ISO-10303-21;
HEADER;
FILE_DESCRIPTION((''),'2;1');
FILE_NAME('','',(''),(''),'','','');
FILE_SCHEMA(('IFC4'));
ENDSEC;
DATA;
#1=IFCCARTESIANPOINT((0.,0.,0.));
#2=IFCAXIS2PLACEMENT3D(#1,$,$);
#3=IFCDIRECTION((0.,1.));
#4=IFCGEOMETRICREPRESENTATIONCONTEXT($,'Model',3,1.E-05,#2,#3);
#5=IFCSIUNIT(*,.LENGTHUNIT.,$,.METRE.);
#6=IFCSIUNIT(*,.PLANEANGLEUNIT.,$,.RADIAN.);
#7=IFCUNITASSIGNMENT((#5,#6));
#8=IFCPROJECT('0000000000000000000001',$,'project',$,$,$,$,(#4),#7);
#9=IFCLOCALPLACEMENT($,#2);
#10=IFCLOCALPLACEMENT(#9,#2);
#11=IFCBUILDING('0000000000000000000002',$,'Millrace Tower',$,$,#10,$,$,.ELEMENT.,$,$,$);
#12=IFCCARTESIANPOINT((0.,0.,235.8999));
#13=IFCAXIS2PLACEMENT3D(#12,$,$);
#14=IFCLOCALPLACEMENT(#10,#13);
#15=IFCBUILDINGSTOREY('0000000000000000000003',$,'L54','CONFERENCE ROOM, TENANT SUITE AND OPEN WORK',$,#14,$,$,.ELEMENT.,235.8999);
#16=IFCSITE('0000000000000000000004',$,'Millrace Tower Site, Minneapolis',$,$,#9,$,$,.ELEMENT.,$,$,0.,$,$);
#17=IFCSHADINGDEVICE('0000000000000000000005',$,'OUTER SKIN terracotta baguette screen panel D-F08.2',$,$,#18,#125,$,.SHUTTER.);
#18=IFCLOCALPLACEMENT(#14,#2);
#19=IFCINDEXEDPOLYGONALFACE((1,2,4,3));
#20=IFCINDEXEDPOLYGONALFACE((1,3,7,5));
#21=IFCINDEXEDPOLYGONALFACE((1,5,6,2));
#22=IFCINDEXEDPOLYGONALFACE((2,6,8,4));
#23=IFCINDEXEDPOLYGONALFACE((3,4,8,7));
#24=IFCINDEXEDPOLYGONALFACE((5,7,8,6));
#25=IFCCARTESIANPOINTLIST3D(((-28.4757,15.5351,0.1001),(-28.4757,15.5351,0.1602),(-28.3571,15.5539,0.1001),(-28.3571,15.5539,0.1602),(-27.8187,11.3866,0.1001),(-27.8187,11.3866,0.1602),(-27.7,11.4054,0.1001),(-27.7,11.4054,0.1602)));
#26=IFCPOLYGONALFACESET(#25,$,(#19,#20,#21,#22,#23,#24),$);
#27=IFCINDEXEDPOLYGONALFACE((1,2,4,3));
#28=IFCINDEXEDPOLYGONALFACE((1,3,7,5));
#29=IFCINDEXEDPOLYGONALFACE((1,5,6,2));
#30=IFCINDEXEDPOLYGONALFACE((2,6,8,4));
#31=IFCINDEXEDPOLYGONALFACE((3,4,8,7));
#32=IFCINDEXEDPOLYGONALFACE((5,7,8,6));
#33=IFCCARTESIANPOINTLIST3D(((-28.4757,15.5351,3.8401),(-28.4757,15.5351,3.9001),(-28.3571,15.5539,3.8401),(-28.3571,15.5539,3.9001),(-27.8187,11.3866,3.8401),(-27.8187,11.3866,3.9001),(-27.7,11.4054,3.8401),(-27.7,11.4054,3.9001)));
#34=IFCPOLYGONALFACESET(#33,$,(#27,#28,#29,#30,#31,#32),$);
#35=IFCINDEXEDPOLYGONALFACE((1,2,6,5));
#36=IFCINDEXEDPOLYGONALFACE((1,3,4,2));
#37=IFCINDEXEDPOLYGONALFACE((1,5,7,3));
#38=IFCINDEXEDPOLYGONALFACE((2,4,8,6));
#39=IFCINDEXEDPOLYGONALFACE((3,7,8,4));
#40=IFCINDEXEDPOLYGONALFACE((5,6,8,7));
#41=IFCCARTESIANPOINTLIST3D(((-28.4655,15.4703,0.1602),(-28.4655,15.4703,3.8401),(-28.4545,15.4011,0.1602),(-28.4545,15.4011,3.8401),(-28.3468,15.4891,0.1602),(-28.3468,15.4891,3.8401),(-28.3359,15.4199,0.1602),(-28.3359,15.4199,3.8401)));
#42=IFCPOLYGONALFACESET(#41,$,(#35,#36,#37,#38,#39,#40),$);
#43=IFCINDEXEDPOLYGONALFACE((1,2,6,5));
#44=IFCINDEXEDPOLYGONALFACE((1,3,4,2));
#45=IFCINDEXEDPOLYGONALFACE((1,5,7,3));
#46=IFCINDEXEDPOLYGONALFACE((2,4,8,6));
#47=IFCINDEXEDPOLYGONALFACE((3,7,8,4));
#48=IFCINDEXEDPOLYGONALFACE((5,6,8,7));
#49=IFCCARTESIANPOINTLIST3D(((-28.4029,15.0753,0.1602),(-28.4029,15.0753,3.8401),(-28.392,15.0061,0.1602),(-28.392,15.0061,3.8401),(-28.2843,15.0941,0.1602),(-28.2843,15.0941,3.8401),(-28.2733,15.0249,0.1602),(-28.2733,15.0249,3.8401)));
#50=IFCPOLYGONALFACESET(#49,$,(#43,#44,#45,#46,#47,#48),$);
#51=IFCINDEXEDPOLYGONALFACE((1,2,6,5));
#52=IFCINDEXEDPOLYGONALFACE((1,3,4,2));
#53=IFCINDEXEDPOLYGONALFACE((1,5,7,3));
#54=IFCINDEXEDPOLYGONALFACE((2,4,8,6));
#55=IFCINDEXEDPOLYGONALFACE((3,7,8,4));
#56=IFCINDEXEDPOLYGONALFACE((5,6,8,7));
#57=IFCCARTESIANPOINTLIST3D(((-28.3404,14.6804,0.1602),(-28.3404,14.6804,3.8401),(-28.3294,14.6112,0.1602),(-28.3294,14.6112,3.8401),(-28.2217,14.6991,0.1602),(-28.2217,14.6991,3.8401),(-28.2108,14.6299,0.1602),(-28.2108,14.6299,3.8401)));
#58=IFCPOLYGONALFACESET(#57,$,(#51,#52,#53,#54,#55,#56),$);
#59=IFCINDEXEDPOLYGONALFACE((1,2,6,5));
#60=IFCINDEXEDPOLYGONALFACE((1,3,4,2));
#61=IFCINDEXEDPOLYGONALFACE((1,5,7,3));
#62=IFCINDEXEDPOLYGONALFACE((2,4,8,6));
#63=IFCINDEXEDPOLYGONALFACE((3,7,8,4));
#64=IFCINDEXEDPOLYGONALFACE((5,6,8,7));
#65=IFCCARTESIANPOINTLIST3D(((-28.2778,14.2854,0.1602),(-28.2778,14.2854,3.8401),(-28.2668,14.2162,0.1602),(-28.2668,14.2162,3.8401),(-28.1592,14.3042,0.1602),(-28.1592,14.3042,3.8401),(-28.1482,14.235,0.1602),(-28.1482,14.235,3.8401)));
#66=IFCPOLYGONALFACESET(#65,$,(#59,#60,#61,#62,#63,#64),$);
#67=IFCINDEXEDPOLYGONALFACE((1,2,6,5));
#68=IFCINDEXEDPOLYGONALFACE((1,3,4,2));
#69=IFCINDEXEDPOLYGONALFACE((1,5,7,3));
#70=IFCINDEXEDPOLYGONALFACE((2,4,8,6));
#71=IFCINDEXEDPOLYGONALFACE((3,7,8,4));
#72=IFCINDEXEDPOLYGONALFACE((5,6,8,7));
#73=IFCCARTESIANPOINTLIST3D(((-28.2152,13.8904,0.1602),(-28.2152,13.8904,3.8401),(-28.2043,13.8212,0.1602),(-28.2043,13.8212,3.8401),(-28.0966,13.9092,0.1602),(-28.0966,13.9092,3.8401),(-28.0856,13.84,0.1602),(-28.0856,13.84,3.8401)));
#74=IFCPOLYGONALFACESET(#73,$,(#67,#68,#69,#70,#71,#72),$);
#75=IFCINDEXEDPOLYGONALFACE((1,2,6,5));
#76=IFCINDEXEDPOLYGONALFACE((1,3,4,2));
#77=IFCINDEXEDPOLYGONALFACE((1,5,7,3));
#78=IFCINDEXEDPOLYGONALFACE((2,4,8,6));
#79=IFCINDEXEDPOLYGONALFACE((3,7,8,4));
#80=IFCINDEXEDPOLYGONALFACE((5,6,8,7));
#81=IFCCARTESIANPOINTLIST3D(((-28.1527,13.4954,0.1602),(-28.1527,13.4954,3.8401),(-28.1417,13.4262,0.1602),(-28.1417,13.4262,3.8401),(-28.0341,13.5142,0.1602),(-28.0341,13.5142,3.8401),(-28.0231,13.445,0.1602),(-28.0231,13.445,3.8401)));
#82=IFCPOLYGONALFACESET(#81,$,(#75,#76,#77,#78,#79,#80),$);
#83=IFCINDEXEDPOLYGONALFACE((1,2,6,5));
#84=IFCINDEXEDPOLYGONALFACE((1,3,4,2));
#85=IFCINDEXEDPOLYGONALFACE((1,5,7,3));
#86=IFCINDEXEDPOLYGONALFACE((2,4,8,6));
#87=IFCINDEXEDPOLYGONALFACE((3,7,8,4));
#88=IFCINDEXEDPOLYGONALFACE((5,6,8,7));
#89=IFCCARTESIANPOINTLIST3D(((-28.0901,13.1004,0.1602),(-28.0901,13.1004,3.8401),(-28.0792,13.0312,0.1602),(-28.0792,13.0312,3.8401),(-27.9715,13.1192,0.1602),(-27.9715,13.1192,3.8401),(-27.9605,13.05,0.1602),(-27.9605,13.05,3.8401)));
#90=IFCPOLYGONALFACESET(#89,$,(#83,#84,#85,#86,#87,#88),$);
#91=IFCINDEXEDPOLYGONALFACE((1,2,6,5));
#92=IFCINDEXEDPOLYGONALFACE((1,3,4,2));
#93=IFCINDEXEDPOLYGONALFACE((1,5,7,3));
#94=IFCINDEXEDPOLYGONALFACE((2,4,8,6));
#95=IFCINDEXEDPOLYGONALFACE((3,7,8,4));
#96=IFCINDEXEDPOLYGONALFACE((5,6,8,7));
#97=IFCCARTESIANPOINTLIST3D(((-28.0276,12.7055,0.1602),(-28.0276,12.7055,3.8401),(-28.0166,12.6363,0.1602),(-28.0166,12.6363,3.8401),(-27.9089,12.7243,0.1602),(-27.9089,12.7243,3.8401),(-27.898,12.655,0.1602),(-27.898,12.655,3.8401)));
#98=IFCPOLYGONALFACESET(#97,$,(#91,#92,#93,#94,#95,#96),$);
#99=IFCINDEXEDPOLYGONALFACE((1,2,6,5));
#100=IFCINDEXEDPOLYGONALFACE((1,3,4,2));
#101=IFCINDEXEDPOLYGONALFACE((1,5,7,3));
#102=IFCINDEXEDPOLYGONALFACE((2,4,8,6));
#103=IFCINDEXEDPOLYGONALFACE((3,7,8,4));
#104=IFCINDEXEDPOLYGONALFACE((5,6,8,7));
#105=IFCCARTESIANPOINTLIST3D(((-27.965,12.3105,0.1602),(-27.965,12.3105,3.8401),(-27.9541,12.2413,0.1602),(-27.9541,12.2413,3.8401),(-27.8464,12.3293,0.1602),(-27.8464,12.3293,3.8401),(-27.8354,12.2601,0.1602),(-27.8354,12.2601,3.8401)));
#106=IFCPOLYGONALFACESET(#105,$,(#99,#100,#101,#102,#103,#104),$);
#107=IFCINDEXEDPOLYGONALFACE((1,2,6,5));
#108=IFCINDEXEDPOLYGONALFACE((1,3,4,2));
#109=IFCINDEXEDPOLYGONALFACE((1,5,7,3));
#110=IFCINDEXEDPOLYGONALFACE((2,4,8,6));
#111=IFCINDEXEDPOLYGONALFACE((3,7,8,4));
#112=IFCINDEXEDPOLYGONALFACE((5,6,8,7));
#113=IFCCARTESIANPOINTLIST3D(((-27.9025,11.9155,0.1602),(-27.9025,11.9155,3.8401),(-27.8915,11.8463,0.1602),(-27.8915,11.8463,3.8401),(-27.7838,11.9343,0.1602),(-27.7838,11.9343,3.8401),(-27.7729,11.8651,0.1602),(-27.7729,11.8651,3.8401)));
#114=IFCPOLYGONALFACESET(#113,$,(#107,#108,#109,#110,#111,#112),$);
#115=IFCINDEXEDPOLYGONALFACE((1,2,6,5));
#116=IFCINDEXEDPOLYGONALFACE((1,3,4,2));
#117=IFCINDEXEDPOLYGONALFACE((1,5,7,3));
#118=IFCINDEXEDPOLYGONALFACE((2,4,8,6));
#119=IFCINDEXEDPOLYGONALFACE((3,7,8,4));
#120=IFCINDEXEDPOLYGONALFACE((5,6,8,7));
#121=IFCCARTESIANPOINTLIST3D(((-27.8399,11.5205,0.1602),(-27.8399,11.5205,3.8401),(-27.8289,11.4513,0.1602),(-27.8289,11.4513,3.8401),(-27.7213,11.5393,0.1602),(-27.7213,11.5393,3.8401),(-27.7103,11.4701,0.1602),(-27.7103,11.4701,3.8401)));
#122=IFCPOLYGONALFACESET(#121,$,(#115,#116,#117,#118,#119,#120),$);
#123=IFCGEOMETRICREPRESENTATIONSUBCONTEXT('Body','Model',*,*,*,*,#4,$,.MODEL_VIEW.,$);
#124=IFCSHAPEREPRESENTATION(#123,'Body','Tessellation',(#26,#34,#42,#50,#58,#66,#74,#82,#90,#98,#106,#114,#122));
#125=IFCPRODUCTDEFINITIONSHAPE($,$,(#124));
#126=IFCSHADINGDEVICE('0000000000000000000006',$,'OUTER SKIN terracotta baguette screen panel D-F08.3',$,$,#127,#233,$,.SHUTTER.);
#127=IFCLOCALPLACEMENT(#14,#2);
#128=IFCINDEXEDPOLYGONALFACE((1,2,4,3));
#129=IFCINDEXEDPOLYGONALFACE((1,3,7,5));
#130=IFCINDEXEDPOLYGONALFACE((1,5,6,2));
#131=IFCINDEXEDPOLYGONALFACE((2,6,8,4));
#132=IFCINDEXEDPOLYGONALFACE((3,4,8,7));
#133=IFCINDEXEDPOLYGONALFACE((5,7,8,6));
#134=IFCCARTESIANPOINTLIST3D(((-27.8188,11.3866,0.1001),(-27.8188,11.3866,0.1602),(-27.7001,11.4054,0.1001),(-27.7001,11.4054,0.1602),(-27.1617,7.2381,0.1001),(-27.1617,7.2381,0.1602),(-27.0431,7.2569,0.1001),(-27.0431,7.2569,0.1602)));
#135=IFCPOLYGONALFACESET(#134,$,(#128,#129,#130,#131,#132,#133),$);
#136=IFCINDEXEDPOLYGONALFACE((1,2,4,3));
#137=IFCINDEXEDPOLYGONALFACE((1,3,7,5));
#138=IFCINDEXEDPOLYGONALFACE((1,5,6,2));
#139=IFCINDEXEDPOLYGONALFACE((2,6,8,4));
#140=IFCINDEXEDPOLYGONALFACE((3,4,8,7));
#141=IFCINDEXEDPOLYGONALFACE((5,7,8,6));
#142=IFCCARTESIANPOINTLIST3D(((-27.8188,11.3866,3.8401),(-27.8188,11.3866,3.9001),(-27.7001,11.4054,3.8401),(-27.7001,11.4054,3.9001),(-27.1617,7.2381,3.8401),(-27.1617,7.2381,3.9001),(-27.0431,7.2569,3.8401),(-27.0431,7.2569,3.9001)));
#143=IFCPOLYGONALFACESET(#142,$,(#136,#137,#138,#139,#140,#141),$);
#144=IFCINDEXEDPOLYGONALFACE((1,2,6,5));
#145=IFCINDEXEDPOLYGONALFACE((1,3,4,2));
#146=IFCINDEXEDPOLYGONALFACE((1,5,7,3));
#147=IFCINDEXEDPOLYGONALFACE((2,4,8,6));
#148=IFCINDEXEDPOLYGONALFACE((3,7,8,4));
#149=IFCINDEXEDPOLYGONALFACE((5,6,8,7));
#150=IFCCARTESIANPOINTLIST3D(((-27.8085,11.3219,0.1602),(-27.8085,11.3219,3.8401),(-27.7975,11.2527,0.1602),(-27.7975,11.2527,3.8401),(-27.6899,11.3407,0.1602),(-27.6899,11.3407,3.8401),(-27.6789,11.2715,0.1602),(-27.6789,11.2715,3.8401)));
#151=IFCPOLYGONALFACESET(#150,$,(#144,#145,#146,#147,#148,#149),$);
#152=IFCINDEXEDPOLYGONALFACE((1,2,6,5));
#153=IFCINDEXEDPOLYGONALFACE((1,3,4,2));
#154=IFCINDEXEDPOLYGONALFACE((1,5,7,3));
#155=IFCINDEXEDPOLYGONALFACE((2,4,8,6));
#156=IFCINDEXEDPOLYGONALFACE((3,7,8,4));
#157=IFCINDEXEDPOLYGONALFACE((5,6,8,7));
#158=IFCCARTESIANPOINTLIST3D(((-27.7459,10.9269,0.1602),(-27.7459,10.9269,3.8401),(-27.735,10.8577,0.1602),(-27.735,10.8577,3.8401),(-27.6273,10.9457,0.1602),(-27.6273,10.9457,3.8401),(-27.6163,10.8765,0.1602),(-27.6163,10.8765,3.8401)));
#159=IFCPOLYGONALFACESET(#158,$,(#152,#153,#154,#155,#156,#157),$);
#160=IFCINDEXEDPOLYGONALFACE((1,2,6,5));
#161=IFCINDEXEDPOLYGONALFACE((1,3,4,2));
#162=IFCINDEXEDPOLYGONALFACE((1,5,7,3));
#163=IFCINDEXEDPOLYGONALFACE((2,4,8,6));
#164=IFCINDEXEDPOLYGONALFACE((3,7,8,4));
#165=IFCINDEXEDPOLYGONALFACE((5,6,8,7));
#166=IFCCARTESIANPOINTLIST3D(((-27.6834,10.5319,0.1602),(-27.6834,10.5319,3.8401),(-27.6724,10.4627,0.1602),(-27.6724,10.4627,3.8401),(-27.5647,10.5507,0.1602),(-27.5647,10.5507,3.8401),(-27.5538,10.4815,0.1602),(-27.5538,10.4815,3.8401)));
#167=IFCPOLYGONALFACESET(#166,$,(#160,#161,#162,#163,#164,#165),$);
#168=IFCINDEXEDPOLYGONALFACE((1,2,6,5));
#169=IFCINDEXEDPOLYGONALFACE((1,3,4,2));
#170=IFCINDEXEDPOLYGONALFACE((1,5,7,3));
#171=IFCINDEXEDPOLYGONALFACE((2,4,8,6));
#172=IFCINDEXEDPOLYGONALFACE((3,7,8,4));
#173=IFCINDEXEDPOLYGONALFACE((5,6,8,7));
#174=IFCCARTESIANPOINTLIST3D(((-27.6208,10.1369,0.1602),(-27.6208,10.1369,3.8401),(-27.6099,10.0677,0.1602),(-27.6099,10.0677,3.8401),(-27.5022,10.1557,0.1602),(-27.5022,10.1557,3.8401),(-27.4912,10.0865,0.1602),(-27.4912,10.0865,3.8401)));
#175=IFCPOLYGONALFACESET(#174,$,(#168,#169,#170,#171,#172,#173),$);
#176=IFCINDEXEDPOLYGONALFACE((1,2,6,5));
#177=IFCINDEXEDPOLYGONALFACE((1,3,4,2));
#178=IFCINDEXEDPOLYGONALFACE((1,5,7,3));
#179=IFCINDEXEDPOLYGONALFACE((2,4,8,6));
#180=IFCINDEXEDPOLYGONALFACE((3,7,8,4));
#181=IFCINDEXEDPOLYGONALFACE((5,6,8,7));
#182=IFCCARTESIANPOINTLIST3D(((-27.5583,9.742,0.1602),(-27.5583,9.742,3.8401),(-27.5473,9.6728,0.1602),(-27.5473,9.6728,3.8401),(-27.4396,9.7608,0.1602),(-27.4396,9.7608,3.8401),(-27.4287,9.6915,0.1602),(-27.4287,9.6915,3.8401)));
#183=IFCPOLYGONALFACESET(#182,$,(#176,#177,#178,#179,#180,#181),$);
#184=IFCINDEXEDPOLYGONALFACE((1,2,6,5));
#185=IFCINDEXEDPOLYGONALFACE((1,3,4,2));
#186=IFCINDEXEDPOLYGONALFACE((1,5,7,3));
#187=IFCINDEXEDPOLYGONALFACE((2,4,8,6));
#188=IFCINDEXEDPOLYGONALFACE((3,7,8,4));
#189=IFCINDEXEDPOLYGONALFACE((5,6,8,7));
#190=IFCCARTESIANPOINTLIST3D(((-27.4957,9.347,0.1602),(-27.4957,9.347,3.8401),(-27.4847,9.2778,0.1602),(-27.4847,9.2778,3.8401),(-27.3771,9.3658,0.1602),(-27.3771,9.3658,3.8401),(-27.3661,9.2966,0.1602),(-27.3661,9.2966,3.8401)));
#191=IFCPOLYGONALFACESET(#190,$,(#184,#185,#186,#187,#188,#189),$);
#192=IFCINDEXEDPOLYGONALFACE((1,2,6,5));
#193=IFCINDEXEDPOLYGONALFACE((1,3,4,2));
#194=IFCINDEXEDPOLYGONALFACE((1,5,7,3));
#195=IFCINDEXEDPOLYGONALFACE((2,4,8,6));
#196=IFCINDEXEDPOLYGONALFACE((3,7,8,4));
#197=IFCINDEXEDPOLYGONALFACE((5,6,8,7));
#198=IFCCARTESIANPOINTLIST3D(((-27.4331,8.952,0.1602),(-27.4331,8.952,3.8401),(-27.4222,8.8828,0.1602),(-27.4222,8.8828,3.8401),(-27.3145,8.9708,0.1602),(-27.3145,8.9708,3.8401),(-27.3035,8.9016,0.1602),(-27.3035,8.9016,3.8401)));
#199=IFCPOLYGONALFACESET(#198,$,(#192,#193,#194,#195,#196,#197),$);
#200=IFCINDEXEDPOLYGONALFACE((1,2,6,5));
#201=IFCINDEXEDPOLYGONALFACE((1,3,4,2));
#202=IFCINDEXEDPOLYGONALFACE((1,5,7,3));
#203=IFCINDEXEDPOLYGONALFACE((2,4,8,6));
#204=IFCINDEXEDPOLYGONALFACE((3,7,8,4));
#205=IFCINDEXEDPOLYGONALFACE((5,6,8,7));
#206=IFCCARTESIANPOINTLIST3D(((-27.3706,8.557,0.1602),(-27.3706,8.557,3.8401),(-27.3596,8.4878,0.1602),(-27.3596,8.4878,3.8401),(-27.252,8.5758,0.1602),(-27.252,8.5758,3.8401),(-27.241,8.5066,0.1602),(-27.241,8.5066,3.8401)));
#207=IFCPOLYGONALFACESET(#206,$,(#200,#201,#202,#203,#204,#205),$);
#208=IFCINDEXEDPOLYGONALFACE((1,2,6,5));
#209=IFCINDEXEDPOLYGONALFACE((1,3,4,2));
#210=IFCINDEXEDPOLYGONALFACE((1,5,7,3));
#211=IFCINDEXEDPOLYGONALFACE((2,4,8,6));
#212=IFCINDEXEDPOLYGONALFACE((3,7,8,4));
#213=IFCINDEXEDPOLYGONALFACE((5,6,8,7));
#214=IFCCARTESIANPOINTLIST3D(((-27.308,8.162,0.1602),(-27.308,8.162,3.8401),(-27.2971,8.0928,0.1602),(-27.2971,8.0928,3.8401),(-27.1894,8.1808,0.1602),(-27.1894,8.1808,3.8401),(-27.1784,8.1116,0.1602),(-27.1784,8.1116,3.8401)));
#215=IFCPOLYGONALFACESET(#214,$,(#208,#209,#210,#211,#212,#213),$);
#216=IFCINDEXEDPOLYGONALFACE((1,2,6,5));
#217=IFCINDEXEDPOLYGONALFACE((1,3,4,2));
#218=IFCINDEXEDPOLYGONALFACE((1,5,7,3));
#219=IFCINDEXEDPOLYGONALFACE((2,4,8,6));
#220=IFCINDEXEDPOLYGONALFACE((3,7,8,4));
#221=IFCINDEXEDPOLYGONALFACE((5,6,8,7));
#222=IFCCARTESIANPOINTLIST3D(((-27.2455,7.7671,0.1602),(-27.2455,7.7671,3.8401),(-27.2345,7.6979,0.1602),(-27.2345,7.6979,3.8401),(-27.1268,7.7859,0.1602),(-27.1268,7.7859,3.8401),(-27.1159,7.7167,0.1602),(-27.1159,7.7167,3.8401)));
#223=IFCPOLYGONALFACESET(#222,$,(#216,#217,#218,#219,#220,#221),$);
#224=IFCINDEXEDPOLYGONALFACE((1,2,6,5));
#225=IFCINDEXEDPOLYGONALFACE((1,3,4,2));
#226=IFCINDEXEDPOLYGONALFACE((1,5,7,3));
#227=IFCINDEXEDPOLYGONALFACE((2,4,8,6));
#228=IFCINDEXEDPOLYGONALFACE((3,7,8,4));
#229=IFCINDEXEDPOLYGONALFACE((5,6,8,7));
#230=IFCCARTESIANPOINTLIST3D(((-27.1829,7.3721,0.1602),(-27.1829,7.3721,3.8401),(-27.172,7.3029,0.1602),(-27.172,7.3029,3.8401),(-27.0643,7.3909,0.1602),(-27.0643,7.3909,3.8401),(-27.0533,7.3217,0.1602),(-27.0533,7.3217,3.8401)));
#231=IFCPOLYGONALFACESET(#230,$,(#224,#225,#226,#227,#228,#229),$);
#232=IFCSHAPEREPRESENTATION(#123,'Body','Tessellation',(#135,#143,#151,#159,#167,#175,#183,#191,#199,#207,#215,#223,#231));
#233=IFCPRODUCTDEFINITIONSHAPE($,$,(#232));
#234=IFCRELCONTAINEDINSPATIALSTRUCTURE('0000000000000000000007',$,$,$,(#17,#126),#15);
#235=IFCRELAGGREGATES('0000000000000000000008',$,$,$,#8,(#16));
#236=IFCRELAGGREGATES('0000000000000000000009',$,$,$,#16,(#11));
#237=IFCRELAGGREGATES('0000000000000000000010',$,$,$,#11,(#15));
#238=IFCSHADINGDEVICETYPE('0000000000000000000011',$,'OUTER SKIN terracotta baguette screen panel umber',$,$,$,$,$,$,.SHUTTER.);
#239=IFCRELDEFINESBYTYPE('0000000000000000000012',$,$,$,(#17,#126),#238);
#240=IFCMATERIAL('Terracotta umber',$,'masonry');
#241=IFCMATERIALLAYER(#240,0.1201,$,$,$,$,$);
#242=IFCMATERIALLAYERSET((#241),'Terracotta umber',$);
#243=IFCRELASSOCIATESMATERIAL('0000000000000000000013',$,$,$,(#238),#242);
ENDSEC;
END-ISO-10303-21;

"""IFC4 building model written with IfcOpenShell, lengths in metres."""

from ifc_helpers import new_model, entity, si_unit, direction, frame, frame_2d, origin, origin_2d, place, context, subcontext, project, spatial, rectangle, extrude, source, transform, mapped, material, layer, layer_set, type_object, element, save


model = new_model("IFC4")

# Units and contexts
model_context = context("Model", 3, precision=1e-05, world=origin(), true_north=direction((0.0, 1.0)))
body_context = subcontext(model_context, "Body", "Model", "MODEL_VIEW")
ifc_project = project(units=[si_unit("LENGTHUNIT", "METRE"), si_unit("PLANEANGLEUNIT", "RADIAN")], contexts=[model_context])

# Site, building, storey
site_placement = place(None, origin())
site = spatial("IfcSite", under=ifc_project, at=site_placement, Name="Millrace Tower Site, Minneapolis", CompositionType="ELEMENT", RefElevation=0.0)
building_placement = place(site_placement, origin())
building = spatial("IfcBuilding", under=site, at=building_placement, Name="Millrace Tower", CompositionType="ELEMENT")
storey_placement = place(building_placement, frame((0.0, 0.0, 235.8999)))
storey = spatial("IfcBuildingStorey", under=building, at=storey_placement, Name="L54", Description="CONFERENCE ROOM, TENANT SUITE AND OPEN WORK", CompositionType="ELEMENT", Elevation=235.8999)

# Shading devices
ifc_material_1 = material(Name="Terracotta umber", Category="masonry")
ifc_layer_1 = layer(ifc_material_1, 0.1201)
ifc_layer_set_1 = layer_set([ifc_layer_1], Name="Terracotta umber")
shading_device_type = type_object("IfcShadingDeviceType", Name="OUTER SKIN terracotta baguette screen panel umber", PredefinedType="SHUTTER", material=ifc_layer_set_1)
cartesian_point = entity("IfcCartesianPoint", [-2.1001, 0.0601])
shared_polyline = entity("IfcPolyline", [cartesian_point, entity("IfcCartesianPoint", [2.1001, 0.0601]), entity("IfcCartesianPoint", [2.1001, -0.0601]), entity("IfcCartesianPoint", [-2.1001, -0.0601]), cartesian_point])
shared_shape = source(origin(), body_context, "Body", "SweptSolid", [
    entity("IfcExtrudedAreaSolid", entity("IfcArbitraryClosedProfileDef", "AREA", None, shared_polyline), entity("IfcAxis2Placement3D", entity("IfcCartesianPoint", [0.0, 0.0, 0.0])), entity("IfcDirection", [0.0, 0.0, 1.0]), 0.0601),
    entity("IfcExtrudedAreaSolid", entity("IfcArbitraryClosedProfileDef", "AREA", None, shared_polyline), entity("IfcAxis2Placement3D", entity("IfcCartesianPoint", [0.0, 0.0, 3.74])), entity("IfcDirection", [0.0, 0.0, 1.0]), 0.0601),
    extrude(rectangle(XDim=0.0701, YDim=0.1201, at=frame_2d((-1.9995, 0.0))), frame((0.0, 0.0, 0.0601)), (0.0, 0.0, 1.0), 3.6799),
    extrude(rectangle(XDim=0.0701, YDim=0.1201, at=frame_2d((-1.5996, 0.0))), frame((0.0, 0.0, 0.0601)), (0.0, 0.0, 1.0), 3.6799),
    extrude(rectangle(XDim=0.0701, YDim=0.1201, at=frame_2d((-1.1997, 0.0))), frame((0.0, 0.0, 0.0601)), (0.0, 0.0, 1.0), 3.6799),
    extrude(rectangle(XDim=0.0701, YDim=0.1201, at=frame_2d((-0.7998, 0.0))), frame((0.0, 0.0, 0.0601)), (0.0, 0.0, 1.0), 3.6799),
    extrude(rectangle(XDim=0.0701, YDim=0.1201, at=frame_2d((-0.3999, 0.0))), frame((0.0, 0.0, 0.0601)), (0.0, 0.0, 1.0), 3.6799),
    extrude(rectangle(XDim=0.0701, YDim=0.1201, at=origin_2d()), frame((0.0, 0.0, 0.0601)), (0.0, 0.0, 1.0), 3.6799),
    extrude(rectangle(XDim=0.0701, YDim=0.1201, at=frame_2d((0.3999, 0.0))), frame((0.0, 0.0, 0.0601)), (0.0, 0.0, 1.0), 3.6799),
    extrude(rectangle(XDim=0.0701, YDim=0.1201, at=frame_2d((0.7998, 0.0))), frame((0.0, 0.0, 0.0601)), (0.0, 0.0, 1.0), 3.6799),
    extrude(rectangle(XDim=0.0701, YDim=0.1201, at=frame_2d((1.1997, 0.0))), frame((0.0, 0.0, 0.0601)), (0.0, 0.0, 1.0), 3.6799),
    extrude(rectangle(XDim=0.0701, YDim=0.1201, at=frame_2d((1.5996, 0.0))), frame((0.0, 0.0, 0.0601)), (0.0, 0.0, 1.0), 3.6799),
    extrude(rectangle(XDim=0.0701, YDim=0.1201, at=frame_2d((1.9995, 0.0))), frame((0.0, 0.0, 0.0601)), (0.0, 0.0, 1.0), 3.6799),
])
for number, where, z_axis, x_axis, name in (
    (1, (-28.0879, 13.4702, 0.1001), (0.0, 0.0, 1.0), (0.156434, -0.987688, 0.0), "OUTER SKIN terracotta baguette screen panel D-F08.2"),
    (2, (-27.4309, 9.3218, 0.1001), (0.0, 0.0, 1.0), (0.156434, -0.987688, 0.0), "OUTER SKIN terracotta baguette screen panel D-F08.3"),
):
    element("IfcShadingDevice", number, at=place(storey_placement, frame(where, z_axis=z_axis, x_axis=x_axis)), inside=storey, type_object=shading_device_type, Name=name, PredefinedType="SHUTTER", context=body_context, shape_type="MappedRepresentation", body=[
        mapped(shared_shape, transform((0.0, 0.0, 0.0), scale=1.0)),
    ])

save(model, "model.ifc")
